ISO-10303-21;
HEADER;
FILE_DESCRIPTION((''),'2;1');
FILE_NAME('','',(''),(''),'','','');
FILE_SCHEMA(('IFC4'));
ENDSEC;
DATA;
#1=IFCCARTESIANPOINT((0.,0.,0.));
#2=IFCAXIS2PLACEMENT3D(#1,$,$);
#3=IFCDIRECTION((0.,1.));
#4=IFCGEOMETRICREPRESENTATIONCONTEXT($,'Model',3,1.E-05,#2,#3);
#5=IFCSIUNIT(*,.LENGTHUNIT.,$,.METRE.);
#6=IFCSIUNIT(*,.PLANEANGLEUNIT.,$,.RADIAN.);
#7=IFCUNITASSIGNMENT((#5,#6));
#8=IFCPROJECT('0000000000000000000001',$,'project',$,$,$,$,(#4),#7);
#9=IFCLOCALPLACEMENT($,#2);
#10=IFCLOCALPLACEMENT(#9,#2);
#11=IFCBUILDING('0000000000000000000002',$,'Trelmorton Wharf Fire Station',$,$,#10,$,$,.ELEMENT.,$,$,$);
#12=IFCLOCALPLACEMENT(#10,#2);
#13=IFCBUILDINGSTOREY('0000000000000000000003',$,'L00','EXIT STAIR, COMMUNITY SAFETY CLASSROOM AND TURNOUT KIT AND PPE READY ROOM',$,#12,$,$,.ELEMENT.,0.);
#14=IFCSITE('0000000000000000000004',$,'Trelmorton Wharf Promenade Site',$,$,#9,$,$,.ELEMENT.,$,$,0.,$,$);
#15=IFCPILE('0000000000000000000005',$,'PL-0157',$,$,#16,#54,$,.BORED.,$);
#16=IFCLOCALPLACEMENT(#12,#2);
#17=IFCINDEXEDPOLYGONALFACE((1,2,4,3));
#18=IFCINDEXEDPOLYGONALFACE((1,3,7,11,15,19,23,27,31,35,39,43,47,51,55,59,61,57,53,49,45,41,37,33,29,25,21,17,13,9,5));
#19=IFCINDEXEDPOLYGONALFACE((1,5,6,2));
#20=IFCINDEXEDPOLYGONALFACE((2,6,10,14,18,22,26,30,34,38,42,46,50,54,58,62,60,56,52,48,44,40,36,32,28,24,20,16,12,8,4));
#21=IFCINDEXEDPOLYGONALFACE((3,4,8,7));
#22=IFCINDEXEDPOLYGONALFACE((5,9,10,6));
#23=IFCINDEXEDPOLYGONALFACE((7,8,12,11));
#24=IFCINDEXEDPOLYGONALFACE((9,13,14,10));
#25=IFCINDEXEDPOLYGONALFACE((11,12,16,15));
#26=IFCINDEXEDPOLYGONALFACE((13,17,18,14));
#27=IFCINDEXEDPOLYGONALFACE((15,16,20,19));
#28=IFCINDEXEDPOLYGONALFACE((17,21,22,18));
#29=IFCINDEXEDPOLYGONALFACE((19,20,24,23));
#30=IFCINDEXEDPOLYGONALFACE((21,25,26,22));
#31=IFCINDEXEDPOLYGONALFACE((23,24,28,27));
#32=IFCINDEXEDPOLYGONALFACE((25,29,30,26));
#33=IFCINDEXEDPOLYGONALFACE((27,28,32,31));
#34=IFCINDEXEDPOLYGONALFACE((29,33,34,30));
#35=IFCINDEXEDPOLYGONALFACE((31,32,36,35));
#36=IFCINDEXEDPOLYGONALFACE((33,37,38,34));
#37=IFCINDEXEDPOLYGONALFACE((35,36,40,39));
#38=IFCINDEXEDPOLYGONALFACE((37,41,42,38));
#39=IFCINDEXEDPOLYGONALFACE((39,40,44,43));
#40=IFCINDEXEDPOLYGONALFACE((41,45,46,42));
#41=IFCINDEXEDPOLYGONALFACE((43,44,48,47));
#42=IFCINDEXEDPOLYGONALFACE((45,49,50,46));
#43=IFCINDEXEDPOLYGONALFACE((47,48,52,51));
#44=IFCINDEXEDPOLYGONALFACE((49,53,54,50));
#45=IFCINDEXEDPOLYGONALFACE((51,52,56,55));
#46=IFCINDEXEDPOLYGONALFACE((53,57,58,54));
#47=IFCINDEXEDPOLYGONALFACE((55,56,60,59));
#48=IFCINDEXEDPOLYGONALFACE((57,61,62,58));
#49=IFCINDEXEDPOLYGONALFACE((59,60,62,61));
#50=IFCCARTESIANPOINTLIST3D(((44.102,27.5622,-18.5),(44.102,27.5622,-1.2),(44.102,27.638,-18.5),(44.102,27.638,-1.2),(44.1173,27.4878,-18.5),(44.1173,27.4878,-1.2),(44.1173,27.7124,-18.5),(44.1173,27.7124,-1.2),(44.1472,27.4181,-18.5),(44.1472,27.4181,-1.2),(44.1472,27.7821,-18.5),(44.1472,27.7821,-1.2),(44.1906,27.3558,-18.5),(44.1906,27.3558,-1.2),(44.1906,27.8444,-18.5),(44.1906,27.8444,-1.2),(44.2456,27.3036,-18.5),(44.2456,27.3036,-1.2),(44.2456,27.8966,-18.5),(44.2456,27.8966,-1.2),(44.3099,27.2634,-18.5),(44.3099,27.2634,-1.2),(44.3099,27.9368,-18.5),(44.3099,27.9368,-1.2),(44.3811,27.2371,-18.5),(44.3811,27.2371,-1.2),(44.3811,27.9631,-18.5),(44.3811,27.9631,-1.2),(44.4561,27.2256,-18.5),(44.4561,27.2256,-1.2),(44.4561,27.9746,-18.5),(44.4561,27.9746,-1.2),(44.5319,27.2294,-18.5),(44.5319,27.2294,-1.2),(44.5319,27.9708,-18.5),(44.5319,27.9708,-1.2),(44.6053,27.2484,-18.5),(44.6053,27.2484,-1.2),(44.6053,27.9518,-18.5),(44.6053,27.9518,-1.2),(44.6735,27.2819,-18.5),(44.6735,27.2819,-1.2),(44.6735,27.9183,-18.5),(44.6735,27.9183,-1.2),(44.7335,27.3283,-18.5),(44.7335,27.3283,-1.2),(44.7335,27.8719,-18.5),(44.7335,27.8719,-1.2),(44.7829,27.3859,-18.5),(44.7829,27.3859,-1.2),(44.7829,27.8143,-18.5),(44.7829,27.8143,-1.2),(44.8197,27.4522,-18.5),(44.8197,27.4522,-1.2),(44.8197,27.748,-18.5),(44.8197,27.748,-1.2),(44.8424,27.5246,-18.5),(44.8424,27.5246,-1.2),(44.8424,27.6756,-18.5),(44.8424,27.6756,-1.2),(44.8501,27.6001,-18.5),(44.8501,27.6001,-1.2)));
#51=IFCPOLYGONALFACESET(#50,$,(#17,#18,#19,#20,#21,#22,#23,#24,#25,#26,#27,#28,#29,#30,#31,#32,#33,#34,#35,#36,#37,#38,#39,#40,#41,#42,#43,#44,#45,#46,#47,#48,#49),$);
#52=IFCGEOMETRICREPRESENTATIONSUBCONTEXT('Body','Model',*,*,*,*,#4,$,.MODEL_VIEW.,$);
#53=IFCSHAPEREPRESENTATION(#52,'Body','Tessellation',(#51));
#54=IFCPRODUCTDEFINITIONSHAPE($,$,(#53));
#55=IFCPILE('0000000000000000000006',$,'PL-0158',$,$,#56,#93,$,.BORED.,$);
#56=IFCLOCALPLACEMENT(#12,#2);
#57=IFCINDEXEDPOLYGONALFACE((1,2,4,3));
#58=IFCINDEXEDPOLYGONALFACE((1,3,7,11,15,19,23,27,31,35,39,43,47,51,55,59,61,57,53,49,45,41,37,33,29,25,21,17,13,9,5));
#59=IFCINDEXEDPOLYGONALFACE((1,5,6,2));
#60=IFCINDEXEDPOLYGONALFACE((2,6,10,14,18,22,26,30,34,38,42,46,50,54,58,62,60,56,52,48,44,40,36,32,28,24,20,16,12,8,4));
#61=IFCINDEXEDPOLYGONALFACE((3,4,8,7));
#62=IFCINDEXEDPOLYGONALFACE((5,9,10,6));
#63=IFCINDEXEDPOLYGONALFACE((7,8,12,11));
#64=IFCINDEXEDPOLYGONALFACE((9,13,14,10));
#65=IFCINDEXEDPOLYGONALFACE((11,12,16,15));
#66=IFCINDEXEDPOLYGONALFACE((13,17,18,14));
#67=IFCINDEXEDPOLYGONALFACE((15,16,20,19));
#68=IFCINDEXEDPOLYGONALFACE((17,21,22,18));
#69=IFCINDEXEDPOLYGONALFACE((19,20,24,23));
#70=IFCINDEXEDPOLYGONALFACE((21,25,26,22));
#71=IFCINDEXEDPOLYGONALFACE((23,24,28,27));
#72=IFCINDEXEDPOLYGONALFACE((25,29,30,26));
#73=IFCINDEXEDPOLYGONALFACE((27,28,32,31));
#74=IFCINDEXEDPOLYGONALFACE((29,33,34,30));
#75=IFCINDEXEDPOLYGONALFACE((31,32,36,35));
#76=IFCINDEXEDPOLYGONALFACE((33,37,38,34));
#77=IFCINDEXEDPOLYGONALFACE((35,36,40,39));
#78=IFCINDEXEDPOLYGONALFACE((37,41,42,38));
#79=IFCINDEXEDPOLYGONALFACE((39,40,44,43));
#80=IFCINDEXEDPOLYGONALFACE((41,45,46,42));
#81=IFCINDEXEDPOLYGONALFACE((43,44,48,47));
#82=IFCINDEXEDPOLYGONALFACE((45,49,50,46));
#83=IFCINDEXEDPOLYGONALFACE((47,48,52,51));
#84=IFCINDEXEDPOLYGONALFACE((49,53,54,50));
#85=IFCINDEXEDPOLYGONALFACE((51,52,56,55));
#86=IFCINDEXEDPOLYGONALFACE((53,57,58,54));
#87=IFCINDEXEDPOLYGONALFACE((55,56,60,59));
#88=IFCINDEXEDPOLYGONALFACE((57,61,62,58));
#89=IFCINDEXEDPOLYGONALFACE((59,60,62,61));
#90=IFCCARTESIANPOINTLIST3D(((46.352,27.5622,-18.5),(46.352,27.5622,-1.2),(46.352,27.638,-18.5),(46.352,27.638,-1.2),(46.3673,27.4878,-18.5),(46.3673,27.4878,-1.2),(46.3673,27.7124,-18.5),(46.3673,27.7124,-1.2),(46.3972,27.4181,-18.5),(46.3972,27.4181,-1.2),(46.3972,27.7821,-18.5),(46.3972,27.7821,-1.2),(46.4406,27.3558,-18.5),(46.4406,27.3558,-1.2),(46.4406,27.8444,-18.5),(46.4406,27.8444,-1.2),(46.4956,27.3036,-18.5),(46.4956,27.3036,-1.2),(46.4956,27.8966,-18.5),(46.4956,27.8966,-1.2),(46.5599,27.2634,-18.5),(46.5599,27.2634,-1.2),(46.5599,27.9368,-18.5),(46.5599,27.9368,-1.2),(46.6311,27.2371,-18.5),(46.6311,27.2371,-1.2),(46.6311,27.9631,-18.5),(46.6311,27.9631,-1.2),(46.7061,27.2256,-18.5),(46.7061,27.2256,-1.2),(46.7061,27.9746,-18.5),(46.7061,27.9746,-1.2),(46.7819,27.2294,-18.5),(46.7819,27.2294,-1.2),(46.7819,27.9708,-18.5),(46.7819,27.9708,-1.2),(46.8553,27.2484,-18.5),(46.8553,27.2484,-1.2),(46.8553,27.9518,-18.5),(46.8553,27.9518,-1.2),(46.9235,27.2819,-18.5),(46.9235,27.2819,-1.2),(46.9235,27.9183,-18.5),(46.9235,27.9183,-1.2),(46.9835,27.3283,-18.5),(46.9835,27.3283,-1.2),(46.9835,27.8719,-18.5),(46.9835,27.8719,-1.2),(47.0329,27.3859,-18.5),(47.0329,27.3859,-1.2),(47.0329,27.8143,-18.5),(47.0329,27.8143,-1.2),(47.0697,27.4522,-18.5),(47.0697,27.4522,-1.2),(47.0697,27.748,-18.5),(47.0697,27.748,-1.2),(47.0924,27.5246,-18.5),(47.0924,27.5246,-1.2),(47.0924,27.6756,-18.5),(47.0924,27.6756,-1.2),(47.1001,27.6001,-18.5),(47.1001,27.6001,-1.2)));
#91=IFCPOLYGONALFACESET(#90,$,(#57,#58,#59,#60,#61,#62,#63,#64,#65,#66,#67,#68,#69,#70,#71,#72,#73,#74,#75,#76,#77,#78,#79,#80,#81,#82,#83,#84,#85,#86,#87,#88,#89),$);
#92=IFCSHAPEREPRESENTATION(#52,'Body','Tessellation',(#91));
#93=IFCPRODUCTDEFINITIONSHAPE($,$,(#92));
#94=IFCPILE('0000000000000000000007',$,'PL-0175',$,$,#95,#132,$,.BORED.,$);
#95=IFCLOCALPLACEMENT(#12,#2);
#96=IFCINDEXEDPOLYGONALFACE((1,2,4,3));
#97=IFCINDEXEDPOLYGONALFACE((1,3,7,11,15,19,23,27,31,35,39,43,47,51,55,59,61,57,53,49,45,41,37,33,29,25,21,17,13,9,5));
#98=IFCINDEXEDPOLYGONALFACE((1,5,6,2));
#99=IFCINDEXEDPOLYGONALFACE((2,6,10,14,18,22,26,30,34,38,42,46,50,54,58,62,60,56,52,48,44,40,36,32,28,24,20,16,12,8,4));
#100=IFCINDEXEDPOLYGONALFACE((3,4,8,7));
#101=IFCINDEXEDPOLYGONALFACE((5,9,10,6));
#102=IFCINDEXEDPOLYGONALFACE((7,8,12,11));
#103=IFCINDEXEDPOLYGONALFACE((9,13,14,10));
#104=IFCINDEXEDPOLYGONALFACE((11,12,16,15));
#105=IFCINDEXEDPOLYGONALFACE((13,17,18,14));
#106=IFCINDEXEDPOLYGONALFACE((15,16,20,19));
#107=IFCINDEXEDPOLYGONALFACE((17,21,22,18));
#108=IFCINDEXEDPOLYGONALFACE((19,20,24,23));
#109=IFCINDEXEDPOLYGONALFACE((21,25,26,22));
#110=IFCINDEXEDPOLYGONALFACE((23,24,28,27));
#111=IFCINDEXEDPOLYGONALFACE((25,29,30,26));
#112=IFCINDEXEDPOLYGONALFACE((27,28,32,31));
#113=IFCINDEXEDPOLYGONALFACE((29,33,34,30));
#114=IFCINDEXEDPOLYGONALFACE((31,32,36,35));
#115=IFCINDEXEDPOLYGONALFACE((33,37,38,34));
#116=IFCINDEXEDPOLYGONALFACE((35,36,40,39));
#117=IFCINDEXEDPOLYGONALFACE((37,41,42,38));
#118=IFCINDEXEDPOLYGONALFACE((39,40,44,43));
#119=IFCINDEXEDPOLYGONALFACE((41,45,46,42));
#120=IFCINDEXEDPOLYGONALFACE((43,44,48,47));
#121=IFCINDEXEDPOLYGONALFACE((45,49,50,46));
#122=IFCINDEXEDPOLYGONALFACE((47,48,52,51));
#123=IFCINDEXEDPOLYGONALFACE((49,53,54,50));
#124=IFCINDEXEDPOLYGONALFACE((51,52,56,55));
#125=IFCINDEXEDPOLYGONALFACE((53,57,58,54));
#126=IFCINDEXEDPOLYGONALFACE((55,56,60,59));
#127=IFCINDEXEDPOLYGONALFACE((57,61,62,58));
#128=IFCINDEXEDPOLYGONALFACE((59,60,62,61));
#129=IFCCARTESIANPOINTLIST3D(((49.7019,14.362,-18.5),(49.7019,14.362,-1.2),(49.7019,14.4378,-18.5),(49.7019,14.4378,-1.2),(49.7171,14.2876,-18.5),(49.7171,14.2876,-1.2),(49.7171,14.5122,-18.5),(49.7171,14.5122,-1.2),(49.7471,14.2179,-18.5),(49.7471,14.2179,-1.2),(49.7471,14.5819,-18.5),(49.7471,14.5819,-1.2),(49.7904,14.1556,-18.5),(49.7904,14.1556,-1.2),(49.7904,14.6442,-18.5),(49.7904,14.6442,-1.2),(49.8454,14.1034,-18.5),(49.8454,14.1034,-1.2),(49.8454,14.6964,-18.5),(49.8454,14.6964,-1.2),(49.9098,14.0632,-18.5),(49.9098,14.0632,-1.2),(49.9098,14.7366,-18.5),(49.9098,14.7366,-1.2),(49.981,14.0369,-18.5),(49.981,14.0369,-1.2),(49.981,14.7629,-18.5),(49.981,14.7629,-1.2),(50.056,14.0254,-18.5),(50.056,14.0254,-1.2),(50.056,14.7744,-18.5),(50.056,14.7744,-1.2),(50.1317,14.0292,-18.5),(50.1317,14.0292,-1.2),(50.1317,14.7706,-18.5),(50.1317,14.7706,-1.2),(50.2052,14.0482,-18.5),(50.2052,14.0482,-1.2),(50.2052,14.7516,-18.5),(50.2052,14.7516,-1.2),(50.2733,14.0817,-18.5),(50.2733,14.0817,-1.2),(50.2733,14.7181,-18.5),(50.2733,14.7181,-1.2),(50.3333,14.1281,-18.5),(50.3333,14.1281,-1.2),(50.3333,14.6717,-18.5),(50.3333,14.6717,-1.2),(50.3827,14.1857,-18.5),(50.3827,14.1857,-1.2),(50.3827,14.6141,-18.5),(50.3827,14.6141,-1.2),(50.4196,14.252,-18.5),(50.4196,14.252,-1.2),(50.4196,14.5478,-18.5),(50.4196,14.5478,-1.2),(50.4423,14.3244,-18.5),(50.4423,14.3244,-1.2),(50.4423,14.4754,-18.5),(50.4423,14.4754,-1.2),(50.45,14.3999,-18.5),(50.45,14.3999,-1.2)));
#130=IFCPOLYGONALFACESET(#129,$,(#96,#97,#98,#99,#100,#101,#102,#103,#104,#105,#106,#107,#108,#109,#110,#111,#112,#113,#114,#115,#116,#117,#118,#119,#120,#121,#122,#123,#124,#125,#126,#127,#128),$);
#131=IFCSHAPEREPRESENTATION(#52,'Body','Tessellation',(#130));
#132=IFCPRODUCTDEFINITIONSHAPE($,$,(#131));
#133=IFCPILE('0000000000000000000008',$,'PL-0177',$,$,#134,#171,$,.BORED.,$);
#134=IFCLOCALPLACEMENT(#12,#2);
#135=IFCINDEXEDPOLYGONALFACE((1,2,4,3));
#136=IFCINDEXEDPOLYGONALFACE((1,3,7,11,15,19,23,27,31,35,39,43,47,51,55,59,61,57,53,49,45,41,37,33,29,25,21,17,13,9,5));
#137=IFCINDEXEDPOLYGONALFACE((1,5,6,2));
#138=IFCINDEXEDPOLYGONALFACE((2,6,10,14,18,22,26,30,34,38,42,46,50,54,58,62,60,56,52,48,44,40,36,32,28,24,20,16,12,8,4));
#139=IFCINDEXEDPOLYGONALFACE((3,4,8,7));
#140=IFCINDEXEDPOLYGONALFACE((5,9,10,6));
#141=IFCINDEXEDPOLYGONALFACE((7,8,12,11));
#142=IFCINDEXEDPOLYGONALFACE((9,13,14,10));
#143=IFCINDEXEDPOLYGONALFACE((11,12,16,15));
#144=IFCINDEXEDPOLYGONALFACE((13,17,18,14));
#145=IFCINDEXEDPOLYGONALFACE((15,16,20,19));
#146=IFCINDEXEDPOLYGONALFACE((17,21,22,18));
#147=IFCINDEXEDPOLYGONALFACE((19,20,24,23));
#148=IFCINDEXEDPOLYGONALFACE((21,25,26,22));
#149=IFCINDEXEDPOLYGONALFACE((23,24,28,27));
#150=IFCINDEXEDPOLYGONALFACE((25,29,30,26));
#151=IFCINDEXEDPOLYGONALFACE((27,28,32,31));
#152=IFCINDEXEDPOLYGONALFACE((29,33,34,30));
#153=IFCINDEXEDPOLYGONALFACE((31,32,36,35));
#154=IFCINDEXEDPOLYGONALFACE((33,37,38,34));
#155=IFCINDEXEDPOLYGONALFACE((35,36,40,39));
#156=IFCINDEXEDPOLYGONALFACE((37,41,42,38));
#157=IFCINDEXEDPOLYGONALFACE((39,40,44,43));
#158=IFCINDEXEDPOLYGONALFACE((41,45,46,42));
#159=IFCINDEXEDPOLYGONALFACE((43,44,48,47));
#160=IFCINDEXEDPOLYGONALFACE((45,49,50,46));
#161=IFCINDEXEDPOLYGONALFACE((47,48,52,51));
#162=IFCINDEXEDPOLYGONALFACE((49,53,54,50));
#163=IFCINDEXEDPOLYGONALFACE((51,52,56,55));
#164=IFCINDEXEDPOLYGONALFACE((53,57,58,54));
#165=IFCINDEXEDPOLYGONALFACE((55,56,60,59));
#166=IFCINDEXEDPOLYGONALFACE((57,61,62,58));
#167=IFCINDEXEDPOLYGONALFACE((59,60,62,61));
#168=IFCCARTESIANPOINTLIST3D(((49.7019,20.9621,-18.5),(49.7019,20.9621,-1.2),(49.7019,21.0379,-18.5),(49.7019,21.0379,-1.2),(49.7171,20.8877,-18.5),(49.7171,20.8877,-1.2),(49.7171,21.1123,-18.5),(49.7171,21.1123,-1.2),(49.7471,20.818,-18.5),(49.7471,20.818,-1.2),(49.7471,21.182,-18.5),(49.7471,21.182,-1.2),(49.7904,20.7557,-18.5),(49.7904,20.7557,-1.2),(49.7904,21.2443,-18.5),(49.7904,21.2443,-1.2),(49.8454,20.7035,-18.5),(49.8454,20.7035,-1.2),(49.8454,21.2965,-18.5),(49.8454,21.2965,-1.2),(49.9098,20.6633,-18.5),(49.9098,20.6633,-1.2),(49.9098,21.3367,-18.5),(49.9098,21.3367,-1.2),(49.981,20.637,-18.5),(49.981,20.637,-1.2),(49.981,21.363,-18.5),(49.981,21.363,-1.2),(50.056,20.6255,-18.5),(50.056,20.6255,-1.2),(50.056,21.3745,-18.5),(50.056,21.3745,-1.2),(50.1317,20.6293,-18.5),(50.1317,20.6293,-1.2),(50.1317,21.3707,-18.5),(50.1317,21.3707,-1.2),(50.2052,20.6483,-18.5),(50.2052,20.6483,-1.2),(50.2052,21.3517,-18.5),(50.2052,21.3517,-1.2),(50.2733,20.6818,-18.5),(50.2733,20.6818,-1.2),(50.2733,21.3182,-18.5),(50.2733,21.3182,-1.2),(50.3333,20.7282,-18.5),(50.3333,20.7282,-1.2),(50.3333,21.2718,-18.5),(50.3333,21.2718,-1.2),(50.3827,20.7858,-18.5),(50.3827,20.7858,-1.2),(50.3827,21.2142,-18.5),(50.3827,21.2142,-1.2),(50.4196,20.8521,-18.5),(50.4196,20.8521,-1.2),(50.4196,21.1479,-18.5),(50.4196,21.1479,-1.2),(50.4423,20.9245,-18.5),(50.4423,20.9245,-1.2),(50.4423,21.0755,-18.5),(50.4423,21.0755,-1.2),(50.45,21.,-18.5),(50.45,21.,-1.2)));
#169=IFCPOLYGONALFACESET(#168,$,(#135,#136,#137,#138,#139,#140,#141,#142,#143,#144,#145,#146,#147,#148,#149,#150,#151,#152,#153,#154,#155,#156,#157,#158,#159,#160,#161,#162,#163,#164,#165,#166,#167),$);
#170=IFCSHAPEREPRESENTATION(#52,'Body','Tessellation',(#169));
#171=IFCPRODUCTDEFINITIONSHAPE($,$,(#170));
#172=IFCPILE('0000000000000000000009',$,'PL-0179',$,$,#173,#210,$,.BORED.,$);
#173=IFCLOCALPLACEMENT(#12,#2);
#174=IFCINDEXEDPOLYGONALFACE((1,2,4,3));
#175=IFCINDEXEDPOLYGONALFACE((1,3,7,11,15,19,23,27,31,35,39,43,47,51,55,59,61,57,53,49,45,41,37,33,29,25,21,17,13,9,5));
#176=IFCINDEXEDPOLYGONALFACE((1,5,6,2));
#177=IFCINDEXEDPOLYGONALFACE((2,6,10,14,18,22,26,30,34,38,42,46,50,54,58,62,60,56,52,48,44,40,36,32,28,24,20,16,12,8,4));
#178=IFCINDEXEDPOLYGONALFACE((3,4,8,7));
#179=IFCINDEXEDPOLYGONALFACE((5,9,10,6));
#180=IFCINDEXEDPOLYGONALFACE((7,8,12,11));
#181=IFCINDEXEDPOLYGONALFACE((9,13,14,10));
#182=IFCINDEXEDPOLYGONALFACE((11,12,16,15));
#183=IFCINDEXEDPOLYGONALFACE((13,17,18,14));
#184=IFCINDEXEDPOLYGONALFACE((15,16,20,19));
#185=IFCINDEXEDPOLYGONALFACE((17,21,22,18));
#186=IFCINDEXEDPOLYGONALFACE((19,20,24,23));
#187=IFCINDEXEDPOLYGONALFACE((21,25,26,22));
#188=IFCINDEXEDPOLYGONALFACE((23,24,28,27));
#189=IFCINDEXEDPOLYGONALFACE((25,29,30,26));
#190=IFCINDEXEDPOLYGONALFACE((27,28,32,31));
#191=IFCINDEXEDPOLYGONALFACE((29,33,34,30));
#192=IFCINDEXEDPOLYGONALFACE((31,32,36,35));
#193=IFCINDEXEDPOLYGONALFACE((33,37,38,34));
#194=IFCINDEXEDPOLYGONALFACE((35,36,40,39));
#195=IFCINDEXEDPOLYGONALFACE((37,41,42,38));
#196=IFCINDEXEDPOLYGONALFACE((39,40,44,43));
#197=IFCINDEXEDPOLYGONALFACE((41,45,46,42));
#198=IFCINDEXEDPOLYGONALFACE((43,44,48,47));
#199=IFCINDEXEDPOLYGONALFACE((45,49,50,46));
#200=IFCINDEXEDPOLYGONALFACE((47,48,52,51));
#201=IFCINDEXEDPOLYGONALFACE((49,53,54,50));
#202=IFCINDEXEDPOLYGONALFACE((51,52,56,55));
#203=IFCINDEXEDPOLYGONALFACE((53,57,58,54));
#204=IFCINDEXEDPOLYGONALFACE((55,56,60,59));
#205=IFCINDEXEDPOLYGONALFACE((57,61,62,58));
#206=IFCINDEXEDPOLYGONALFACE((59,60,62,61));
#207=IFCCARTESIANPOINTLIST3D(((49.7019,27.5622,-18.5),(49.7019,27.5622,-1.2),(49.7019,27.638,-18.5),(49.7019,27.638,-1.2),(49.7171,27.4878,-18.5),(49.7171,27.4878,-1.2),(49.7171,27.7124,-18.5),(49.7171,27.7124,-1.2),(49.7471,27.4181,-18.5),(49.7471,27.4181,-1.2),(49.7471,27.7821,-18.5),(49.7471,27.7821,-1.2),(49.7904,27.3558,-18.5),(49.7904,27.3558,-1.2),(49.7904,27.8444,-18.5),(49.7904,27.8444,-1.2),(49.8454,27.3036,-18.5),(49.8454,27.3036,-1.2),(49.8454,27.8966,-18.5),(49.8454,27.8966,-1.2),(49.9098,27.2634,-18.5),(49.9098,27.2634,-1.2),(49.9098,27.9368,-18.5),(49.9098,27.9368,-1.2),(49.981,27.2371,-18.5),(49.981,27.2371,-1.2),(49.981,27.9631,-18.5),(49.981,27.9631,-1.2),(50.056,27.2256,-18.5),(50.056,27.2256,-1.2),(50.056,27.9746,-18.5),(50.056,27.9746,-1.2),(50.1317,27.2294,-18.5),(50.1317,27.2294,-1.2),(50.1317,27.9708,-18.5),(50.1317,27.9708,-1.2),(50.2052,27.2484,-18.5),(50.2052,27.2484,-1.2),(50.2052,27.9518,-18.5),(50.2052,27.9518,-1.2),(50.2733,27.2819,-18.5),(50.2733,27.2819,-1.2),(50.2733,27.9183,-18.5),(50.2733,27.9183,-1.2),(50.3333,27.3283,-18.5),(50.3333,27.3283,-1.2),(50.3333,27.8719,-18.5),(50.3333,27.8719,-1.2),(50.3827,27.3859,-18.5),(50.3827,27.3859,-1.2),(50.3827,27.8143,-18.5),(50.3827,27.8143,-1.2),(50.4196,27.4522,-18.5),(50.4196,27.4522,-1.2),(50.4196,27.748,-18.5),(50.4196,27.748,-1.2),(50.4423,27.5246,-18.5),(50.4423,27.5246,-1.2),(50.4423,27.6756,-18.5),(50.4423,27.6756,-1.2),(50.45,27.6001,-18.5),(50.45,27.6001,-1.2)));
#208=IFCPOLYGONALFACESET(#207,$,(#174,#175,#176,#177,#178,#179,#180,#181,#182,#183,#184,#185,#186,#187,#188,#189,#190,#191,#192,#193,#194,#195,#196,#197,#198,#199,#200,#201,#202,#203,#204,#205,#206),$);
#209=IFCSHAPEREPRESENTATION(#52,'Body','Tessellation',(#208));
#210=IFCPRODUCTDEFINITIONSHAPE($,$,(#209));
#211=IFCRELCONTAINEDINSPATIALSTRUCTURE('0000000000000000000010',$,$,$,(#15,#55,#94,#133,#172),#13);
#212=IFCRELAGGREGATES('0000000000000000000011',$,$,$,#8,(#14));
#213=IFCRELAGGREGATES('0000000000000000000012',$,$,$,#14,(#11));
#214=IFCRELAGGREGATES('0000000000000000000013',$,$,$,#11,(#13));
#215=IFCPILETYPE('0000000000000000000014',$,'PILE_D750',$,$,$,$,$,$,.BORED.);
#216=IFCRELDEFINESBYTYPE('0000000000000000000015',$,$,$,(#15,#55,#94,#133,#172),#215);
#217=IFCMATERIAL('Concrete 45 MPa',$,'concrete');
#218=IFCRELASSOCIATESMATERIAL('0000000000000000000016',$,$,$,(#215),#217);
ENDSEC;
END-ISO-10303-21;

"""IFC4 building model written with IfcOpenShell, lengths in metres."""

from ifc_helpers import new_model, si_unit, direction, frame, origin, origin_2d, place, context, subcontext, project, spatial, circle, extrude, material, material_profile, profile_set, type_object, element, save


model = new_model("IFC4")

# Units and contexts
model_context = context("Model", 3, precision=1e-05, world=origin(), true_north=direction((0.0, 1.0)))
body_context = subcontext(model_context, "Body", "Model", "MODEL_VIEW")
ifc_project = project(units=[si_unit("LENGTHUNIT", "METRE"), si_unit("PLANEANGLEUNIT", "RADIAN")], contexts=[model_context])

# Site, building, storey
site_placement = place(None, origin())
site = spatial("IfcSite", under=ifc_project, at=site_placement, Name="Trelmorton Wharf Promenade Site", CompositionType="ELEMENT", RefElevation=0.0)
building_placement = place(site_placement, origin())
building = spatial("IfcBuilding", under=site, at=building_placement, Name="Trelmorton Wharf Fire Station", CompositionType="ELEMENT")
storey_placement = place(building_placement, origin())
storey = spatial("IfcBuildingStorey", under=building, at=storey_placement, Name="L00", Description="EXIT STAIR, COMMUNITY SAFETY CLASSROOM AND TURNOUT KIT AND PPE READY ROOM", CompositionType="ELEMENT", Elevation=0.0)

# Piles
ifc_material_1 = material(Name="Concrete 45 MPa", Category="concrete")
ifc_material_profile_1 = material_profile(ifc_material_1, circle(Radius=0.375, at=origin_2d()), Name="PILE-D750")
ifc_profile_set_1 = profile_set([ifc_material_profile_1], Name="Concrete 45 MPa")
pile_type = type_object("IfcPileType", Name="PILE_D750", PredefinedType="BORED", material=ifc_profile_set_1)
for number, where, z_axis, x_axis, name in (
    (1, (44.4751, 27.6001, -1.2), (0.0, 0.0, -1.0), (1.0, 0.0, 0.0), "PL-0157"),
    (2, (46.7251, 27.6001, -1.2), (0.0, 0.0, -1.0), (1.0, 0.0, 0.0), "PL-0158"),
    (3, (50.075, 14.3999, -1.2), (0.0, 0.0, -1.0), (1.0, 0.0, 0.0), "PL-0175"),
    (4, (50.075, 21.0, -1.2), (0.0, 0.0, -1.0), (1.0, 0.0, 0.0), "PL-0177"),
    (5, (50.075, 27.6001, -1.2), (0.0, 0.0, -1.0), (1.0, 0.0, 0.0), "PL-0179"),
):
    element("IfcPile", number, at=place(storey_placement, frame(where, z_axis=z_axis, x_axis=x_axis)), inside=storey, type_object=pile_type, Name=name, PredefinedType="BORED", context=body_context, shape_type="SweptSolid", body=[
        extrude(circle(Radius=0.375, at=origin_2d()), origin(), (0.0, 0.0, 1.0), 17.3),
    ])

save(model, "model.ifc")
